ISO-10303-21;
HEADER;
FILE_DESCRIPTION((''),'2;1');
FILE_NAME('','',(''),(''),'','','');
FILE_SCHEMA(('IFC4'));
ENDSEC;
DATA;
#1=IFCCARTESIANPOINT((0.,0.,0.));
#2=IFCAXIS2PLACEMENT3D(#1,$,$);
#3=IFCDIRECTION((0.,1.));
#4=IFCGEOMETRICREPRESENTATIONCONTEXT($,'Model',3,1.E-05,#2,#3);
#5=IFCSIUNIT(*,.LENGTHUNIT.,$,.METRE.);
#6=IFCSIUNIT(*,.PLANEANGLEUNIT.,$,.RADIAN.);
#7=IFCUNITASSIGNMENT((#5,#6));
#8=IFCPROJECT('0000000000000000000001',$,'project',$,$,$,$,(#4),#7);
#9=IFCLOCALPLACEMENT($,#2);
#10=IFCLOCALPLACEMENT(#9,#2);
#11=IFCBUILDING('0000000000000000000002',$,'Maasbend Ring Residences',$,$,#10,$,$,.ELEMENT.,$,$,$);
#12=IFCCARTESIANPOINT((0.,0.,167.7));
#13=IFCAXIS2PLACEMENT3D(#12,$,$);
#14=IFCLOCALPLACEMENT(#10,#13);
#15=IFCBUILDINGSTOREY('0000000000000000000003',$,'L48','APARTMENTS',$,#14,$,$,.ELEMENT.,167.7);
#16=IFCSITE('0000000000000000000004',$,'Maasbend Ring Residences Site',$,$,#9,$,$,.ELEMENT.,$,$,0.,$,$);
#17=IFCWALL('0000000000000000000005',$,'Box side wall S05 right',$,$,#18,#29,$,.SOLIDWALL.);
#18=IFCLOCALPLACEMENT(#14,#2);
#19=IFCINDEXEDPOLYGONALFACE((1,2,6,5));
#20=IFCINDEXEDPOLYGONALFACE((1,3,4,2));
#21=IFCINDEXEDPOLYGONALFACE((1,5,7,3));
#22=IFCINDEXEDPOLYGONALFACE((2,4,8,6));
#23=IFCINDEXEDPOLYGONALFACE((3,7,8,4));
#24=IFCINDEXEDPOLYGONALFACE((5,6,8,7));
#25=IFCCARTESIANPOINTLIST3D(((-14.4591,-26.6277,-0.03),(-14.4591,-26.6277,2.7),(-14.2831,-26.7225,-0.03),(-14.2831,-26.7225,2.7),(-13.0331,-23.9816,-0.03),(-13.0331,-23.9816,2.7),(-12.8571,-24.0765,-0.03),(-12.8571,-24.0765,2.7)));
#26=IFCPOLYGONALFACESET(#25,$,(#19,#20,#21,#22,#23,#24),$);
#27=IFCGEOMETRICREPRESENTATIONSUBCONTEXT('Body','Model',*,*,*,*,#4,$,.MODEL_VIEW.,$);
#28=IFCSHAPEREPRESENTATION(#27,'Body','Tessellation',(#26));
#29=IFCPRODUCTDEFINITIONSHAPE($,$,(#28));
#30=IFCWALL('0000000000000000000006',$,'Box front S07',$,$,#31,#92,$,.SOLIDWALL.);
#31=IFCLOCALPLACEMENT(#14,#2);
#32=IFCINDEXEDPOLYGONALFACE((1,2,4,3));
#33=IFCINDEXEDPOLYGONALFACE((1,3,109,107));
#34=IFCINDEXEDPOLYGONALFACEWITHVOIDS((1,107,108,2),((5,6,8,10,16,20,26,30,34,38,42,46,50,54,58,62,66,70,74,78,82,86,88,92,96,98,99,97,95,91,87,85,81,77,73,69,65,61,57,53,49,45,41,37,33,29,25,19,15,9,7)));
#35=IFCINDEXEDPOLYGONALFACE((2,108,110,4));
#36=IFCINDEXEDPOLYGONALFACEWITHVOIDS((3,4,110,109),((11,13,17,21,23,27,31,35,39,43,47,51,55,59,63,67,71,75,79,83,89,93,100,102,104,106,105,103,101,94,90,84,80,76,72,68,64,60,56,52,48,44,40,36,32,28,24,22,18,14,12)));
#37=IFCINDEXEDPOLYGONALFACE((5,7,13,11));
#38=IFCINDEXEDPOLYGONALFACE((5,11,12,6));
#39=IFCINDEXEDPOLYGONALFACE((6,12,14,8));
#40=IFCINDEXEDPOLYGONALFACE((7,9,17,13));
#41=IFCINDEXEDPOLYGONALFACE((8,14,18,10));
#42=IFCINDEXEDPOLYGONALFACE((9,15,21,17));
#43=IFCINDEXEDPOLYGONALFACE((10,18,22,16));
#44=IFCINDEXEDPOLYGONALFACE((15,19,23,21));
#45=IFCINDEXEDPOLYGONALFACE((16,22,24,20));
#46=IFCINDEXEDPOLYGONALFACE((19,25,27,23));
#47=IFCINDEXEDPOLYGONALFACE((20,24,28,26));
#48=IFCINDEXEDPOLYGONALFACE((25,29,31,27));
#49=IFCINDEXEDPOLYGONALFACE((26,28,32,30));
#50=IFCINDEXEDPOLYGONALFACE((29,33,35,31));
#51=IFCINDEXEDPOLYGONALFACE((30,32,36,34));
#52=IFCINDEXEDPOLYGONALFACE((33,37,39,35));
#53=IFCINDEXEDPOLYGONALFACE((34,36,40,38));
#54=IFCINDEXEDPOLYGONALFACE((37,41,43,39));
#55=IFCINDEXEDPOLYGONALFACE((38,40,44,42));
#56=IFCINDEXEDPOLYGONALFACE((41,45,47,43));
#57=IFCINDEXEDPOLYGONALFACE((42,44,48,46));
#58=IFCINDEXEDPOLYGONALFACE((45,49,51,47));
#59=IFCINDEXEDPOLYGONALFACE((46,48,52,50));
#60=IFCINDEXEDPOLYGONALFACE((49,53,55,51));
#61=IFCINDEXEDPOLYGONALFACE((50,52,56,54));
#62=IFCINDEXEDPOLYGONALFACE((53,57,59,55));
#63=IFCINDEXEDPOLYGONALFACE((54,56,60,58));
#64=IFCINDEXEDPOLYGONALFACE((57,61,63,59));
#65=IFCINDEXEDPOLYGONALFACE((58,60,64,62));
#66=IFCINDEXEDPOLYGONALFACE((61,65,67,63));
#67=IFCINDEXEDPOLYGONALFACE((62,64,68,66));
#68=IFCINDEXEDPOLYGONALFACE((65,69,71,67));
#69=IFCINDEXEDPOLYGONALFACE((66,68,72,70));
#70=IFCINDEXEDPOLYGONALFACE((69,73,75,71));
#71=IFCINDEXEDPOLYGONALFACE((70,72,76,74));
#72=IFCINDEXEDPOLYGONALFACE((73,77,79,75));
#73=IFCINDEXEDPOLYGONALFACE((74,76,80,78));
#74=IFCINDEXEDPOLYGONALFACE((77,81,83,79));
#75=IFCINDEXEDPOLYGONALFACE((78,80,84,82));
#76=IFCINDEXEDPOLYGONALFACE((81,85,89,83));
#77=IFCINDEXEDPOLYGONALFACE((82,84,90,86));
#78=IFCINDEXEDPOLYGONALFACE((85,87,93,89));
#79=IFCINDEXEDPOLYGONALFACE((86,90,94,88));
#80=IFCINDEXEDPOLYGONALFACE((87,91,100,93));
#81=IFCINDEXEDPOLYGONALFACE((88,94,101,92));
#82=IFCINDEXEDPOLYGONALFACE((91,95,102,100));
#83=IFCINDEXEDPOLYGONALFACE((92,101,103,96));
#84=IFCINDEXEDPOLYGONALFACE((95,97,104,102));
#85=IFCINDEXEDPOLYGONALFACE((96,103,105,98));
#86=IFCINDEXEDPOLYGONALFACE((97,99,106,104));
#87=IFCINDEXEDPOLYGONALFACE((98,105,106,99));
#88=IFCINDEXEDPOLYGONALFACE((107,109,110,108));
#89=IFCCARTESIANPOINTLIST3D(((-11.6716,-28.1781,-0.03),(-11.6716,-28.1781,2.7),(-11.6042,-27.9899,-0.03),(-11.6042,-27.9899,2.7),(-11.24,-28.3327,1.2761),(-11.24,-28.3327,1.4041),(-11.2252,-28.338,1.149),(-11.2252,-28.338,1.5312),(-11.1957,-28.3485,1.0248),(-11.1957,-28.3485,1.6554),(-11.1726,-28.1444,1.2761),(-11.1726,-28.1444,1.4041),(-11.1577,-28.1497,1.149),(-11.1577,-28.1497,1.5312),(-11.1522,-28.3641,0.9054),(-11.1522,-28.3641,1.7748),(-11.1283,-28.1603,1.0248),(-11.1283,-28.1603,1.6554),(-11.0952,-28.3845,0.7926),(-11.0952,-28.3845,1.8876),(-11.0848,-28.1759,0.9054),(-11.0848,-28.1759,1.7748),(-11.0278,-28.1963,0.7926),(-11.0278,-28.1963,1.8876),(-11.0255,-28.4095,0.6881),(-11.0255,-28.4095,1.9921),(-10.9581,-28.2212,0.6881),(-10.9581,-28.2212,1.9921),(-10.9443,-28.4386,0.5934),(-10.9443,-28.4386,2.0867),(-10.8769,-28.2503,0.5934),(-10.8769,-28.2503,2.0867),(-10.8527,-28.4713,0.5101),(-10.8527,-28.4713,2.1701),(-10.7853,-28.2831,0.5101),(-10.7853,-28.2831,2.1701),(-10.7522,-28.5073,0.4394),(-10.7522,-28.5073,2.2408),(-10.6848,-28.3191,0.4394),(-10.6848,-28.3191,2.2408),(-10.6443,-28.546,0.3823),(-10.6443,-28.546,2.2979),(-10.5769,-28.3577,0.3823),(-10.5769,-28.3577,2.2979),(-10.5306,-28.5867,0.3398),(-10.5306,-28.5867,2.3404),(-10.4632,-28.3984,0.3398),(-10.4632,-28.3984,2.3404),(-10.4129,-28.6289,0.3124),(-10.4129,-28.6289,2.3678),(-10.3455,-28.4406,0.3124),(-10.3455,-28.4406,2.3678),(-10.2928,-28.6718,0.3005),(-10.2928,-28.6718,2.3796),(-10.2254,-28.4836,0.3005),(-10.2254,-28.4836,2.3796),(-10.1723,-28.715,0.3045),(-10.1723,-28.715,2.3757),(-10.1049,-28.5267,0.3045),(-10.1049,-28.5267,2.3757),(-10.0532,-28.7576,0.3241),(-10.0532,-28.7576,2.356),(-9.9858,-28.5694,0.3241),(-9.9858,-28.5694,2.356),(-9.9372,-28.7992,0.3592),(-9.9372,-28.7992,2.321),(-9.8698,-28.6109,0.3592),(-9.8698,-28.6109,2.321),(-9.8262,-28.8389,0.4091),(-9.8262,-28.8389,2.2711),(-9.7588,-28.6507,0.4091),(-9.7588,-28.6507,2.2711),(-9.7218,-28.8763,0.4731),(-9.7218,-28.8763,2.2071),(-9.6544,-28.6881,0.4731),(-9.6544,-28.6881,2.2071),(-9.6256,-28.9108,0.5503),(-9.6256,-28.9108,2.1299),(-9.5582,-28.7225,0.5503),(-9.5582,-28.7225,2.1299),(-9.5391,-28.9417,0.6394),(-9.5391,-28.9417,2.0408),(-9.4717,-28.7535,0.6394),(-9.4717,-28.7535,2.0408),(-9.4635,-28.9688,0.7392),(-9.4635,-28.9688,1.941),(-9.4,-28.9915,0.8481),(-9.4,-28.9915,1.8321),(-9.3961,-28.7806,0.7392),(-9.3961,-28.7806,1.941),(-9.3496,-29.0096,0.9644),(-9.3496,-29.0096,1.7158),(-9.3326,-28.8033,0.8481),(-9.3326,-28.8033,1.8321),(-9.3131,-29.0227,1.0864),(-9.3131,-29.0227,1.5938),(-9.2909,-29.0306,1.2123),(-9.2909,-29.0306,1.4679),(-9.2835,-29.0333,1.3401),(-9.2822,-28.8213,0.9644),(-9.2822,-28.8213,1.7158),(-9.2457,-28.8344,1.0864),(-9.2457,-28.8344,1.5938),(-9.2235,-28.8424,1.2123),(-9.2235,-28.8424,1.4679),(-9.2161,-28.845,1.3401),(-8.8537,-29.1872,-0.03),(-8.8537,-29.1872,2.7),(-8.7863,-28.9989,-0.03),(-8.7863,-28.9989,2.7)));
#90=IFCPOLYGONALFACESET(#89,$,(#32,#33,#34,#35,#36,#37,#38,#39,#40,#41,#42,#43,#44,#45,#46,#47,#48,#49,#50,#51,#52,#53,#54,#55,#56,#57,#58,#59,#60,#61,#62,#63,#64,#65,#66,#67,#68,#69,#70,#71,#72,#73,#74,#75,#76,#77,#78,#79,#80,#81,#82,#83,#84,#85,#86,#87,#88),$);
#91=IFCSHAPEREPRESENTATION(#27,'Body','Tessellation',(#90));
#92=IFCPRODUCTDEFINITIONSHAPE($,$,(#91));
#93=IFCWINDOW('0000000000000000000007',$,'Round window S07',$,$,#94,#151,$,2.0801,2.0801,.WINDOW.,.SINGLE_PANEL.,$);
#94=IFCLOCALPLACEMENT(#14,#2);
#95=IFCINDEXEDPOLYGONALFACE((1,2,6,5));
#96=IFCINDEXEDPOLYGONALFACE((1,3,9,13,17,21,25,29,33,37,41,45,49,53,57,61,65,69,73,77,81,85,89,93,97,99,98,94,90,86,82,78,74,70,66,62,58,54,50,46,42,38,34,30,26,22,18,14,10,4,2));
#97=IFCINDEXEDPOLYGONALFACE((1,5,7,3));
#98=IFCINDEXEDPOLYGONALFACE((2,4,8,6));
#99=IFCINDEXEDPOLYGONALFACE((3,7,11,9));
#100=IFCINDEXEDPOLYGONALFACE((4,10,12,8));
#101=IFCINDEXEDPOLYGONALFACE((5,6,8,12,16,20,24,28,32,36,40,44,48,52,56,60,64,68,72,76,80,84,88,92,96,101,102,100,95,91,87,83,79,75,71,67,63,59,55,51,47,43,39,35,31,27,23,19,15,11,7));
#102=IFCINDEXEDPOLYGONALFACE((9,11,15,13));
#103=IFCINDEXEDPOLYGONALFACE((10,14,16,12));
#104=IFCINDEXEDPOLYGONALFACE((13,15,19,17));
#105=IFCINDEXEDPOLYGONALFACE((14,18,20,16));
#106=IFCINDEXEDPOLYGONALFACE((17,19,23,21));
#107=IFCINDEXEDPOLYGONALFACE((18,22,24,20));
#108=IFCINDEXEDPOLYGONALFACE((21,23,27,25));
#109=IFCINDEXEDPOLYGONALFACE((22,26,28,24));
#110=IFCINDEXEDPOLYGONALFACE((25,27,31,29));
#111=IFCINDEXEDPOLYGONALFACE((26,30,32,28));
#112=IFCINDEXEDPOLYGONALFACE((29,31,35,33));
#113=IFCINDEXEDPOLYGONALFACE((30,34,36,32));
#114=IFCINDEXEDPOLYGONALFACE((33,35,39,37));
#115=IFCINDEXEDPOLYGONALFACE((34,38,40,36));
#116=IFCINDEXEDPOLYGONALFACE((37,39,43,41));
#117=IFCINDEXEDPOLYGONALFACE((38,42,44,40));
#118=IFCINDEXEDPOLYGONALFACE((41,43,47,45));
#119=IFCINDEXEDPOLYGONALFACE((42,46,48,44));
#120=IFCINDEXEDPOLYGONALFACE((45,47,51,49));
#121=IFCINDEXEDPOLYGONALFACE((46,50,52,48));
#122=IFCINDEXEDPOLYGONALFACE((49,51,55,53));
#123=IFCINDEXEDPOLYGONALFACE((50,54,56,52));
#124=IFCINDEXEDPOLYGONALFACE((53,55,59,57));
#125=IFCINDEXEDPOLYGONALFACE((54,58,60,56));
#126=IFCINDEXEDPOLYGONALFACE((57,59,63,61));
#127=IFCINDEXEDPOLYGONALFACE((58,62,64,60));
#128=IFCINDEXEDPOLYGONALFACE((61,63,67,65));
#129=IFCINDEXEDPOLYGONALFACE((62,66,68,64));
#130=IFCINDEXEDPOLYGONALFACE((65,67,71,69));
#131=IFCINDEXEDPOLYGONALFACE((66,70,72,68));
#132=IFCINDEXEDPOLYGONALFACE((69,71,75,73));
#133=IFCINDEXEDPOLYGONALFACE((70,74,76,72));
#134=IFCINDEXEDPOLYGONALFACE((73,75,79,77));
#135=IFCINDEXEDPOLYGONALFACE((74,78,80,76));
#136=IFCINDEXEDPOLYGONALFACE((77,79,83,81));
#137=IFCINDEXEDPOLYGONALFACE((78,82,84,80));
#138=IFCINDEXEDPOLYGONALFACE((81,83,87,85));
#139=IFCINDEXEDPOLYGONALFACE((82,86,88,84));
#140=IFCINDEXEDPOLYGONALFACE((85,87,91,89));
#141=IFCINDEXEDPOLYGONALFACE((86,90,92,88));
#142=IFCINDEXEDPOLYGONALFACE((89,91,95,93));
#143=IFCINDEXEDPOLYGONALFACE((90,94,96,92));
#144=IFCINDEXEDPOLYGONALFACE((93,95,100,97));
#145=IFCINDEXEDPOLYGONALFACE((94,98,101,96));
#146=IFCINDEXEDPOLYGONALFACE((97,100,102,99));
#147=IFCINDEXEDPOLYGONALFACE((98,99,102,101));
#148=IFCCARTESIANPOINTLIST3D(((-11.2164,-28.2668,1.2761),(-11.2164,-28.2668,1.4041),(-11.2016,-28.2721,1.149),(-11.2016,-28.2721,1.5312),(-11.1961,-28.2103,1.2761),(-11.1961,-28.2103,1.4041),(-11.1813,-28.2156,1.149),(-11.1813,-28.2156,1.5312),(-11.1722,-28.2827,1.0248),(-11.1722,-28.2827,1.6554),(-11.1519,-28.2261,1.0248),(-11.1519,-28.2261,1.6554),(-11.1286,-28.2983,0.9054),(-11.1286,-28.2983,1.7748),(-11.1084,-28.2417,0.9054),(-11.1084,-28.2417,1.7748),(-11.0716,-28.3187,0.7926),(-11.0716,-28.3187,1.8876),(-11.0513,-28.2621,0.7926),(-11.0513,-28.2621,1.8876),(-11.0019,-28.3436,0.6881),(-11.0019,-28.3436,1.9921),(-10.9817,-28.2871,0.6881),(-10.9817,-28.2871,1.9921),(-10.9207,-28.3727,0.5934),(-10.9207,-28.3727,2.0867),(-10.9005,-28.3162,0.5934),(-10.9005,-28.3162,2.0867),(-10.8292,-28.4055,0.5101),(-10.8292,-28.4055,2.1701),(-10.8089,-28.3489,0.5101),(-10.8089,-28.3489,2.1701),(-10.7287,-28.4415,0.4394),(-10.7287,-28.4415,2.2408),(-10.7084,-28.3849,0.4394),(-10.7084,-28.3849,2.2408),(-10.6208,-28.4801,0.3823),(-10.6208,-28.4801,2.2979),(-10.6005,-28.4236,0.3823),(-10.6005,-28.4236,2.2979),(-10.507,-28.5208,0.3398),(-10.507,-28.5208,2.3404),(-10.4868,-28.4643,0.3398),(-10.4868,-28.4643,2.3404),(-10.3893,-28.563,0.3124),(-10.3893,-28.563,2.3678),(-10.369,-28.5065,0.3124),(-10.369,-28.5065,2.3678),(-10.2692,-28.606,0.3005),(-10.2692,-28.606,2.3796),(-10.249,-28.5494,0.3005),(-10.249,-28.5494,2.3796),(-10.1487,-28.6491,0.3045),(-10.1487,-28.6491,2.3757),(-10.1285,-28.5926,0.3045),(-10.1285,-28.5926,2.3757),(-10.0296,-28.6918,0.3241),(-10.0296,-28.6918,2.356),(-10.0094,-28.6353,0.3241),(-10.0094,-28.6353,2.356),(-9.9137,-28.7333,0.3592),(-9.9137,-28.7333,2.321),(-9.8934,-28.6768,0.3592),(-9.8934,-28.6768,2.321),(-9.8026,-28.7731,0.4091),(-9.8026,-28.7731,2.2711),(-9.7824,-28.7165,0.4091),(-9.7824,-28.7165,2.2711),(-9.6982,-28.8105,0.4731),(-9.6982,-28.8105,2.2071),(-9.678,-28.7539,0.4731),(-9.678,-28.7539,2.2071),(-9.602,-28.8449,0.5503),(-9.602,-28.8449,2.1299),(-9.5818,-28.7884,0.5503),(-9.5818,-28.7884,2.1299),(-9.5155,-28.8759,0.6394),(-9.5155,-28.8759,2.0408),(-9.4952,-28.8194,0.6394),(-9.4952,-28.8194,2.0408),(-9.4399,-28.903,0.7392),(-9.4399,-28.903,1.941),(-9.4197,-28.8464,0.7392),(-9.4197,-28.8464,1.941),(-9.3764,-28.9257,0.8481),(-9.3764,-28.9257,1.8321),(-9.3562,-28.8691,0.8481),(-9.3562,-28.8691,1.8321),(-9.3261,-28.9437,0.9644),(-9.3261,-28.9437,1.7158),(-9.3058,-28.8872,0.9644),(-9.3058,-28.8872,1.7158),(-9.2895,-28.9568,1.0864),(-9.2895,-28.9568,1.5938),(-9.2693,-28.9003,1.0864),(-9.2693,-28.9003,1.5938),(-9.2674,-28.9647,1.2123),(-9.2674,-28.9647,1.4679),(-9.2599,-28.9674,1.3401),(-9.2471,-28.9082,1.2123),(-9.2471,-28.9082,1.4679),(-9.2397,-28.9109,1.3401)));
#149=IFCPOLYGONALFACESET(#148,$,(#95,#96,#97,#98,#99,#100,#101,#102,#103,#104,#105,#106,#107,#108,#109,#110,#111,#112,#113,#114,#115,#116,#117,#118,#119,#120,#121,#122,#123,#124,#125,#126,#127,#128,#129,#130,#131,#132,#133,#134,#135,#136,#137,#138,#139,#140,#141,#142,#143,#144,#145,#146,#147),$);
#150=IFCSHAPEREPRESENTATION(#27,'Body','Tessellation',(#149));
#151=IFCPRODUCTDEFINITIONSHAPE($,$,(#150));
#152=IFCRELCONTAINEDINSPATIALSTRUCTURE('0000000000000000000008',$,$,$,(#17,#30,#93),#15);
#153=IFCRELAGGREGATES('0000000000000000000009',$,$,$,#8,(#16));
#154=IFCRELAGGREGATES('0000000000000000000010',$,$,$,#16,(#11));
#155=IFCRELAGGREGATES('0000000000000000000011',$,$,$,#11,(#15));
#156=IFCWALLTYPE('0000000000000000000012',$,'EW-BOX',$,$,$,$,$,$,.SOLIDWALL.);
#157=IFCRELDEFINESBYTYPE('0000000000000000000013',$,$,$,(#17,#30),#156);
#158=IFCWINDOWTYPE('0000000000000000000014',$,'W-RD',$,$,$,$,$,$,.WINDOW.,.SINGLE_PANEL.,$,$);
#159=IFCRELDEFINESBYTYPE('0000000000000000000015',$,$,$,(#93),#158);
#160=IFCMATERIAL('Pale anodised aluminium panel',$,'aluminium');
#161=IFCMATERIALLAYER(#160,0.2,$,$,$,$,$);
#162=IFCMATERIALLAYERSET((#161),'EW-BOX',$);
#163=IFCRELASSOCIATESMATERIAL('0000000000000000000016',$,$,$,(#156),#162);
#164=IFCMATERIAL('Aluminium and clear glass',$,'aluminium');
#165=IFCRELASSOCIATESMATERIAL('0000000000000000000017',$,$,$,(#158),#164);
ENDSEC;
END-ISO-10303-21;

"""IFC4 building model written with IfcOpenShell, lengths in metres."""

from ifc_helpers import new_model, si_unit, direction, frame, frame_2d, origin, place, context, subcontext, project, spatial, rectangle, circle, extrude, material, layer, layer_set, type_object, element, fill, save


model = new_model("IFC4")

# Units and contexts
model_context = context("Model", 3, precision=1e-05, world=origin(), true_north=direction((0.0, 1.0)))
body_context = subcontext(model_context, "Body", "Model", "MODEL_VIEW")
ifc_project = project(units=[si_unit("LENGTHUNIT", "METRE"), si_unit("PLANEANGLEUNIT", "RADIAN")], contexts=[model_context])

# Site, building, storey
site_placement = place(None, origin())
site = spatial("IfcSite", under=ifc_project, at=site_placement, Name="Maasbend Ring Residences Site", CompositionType="ELEMENT", RefElevation=0.0)
building_placement = place(site_placement, origin())
building = spatial("IfcBuilding", under=site, at=building_placement, Name="Maasbend Ring Residences", CompositionType="ELEMENT")
storey_placement = place(building_placement, frame((0.0, 0.0, 167.7)))
storey = spatial("IfcBuildingStorey", under=building, at=storey_placement, Name="L48", Description="APARTMENTS", CompositionType="ELEMENT", Elevation=167.7)

# Shared definitions
ifc_material_1 = material(Name="Pale anodised aluminium panel", Category="aluminium")
ifc_layer_1 = layer(ifc_material_1, 0.2)
ifc_layer_set_1 = layer_set([ifc_layer_1], Name="EW-BOX")
wall_type_1 = type_object("IfcWallType", Name="EW-BOX", PredefinedType="SOLIDWALL", material=ifc_layer_set_1)
ifc_material_2 = material(Name="Aluminium and clear glass", Category="aluminium")
window_type_1 = type_object("IfcWindowType", Name="W-RD", PartitioningType="SINGLE_PANEL", PredefinedType="WINDOW", material=ifc_material_2)

# Wall
wall_1_placement = place(storey_placement, frame((-12.9451, -24.0291, -0.03), z_axis=(0.0, 0.0, 1.0), x_axis=(-0.474424, -0.880296, 0.0)))
element("IfcWall", 1, at=wall_1_placement, inside=storey, type_object=wall_type_1, Name="Box side wall S05 right", PredefinedType="SOLIDWALL", context=body_context, shape_type="SweptSolid", body=[
    extrude(rectangle(XDim=3.0059, YDim=0.2, at=frame_2d((1.5029, 0.0))), origin(), (0.0, 0.0, 1.0), 2.73),
])

# Wall, opening, window
wall_2_placement = place(storey_placement, frame((-11.6379, -28.084, -0.03), z_axis=(0.0, 0.0, 1.0), x_axis=(0.941461, -0.337122, 0.0)))
wall_2 = element("IfcWall", 2, at=wall_2_placement, inside=storey, type_object=wall_type_1, Name="Box front S07", PredefinedType="SOLIDWALL", context=body_context, shape_type="SweptSolid", body=[
    extrude(rectangle(XDim=2.9932, YDim=0.2, at=frame_2d((1.4966, 0.0))), origin(), (0.0, 0.0, 1.0), 2.73),
])
opening_1_placement = place(wall_2_placement, frame((0.4565, 0.0, 0.3301)))
opening_1 = element("IfcOpeningElement", 3, at=opening_1_placement, cuts=wall_2, PredefinedType="OPENING", context=body_context, shape_type="SweptSolid", body=[
    extrude(circle(Radius=1.04, at=frame_2d((1.04, 1.04))), frame((0.0, 0.1099, 0.0), z_axis=(0.0, -1.0, 0.0), x_axis=(1.0, 0.0, 0.0)), (0.0, 0.0, 1.0), 0.22),
])
window_1_placement = place(opening_1_placement, origin())
window_1 = element("IfcWindow", 4, at=window_1_placement, inside=storey, type_object=window_type_1, Name="Round window S07", OverallHeight=2.0801, OverallWidth=2.0801, PartitioningType="SINGLE_PANEL", PredefinedType="WINDOW", context=body_context, shape_type="SweptSolid", body=[
    extrude(circle(Radius=1.04, at=frame_2d((1.04, 1.04))), frame((0.0, 0.03, 0.0), z_axis=(0.0, -1.0, 0.0), x_axis=(1.0, 0.0, 0.0)), (0.0, 0.0, 1.0), 0.0601),
])
fill(opening_1, window_1)

save(model, "model.ifc")
